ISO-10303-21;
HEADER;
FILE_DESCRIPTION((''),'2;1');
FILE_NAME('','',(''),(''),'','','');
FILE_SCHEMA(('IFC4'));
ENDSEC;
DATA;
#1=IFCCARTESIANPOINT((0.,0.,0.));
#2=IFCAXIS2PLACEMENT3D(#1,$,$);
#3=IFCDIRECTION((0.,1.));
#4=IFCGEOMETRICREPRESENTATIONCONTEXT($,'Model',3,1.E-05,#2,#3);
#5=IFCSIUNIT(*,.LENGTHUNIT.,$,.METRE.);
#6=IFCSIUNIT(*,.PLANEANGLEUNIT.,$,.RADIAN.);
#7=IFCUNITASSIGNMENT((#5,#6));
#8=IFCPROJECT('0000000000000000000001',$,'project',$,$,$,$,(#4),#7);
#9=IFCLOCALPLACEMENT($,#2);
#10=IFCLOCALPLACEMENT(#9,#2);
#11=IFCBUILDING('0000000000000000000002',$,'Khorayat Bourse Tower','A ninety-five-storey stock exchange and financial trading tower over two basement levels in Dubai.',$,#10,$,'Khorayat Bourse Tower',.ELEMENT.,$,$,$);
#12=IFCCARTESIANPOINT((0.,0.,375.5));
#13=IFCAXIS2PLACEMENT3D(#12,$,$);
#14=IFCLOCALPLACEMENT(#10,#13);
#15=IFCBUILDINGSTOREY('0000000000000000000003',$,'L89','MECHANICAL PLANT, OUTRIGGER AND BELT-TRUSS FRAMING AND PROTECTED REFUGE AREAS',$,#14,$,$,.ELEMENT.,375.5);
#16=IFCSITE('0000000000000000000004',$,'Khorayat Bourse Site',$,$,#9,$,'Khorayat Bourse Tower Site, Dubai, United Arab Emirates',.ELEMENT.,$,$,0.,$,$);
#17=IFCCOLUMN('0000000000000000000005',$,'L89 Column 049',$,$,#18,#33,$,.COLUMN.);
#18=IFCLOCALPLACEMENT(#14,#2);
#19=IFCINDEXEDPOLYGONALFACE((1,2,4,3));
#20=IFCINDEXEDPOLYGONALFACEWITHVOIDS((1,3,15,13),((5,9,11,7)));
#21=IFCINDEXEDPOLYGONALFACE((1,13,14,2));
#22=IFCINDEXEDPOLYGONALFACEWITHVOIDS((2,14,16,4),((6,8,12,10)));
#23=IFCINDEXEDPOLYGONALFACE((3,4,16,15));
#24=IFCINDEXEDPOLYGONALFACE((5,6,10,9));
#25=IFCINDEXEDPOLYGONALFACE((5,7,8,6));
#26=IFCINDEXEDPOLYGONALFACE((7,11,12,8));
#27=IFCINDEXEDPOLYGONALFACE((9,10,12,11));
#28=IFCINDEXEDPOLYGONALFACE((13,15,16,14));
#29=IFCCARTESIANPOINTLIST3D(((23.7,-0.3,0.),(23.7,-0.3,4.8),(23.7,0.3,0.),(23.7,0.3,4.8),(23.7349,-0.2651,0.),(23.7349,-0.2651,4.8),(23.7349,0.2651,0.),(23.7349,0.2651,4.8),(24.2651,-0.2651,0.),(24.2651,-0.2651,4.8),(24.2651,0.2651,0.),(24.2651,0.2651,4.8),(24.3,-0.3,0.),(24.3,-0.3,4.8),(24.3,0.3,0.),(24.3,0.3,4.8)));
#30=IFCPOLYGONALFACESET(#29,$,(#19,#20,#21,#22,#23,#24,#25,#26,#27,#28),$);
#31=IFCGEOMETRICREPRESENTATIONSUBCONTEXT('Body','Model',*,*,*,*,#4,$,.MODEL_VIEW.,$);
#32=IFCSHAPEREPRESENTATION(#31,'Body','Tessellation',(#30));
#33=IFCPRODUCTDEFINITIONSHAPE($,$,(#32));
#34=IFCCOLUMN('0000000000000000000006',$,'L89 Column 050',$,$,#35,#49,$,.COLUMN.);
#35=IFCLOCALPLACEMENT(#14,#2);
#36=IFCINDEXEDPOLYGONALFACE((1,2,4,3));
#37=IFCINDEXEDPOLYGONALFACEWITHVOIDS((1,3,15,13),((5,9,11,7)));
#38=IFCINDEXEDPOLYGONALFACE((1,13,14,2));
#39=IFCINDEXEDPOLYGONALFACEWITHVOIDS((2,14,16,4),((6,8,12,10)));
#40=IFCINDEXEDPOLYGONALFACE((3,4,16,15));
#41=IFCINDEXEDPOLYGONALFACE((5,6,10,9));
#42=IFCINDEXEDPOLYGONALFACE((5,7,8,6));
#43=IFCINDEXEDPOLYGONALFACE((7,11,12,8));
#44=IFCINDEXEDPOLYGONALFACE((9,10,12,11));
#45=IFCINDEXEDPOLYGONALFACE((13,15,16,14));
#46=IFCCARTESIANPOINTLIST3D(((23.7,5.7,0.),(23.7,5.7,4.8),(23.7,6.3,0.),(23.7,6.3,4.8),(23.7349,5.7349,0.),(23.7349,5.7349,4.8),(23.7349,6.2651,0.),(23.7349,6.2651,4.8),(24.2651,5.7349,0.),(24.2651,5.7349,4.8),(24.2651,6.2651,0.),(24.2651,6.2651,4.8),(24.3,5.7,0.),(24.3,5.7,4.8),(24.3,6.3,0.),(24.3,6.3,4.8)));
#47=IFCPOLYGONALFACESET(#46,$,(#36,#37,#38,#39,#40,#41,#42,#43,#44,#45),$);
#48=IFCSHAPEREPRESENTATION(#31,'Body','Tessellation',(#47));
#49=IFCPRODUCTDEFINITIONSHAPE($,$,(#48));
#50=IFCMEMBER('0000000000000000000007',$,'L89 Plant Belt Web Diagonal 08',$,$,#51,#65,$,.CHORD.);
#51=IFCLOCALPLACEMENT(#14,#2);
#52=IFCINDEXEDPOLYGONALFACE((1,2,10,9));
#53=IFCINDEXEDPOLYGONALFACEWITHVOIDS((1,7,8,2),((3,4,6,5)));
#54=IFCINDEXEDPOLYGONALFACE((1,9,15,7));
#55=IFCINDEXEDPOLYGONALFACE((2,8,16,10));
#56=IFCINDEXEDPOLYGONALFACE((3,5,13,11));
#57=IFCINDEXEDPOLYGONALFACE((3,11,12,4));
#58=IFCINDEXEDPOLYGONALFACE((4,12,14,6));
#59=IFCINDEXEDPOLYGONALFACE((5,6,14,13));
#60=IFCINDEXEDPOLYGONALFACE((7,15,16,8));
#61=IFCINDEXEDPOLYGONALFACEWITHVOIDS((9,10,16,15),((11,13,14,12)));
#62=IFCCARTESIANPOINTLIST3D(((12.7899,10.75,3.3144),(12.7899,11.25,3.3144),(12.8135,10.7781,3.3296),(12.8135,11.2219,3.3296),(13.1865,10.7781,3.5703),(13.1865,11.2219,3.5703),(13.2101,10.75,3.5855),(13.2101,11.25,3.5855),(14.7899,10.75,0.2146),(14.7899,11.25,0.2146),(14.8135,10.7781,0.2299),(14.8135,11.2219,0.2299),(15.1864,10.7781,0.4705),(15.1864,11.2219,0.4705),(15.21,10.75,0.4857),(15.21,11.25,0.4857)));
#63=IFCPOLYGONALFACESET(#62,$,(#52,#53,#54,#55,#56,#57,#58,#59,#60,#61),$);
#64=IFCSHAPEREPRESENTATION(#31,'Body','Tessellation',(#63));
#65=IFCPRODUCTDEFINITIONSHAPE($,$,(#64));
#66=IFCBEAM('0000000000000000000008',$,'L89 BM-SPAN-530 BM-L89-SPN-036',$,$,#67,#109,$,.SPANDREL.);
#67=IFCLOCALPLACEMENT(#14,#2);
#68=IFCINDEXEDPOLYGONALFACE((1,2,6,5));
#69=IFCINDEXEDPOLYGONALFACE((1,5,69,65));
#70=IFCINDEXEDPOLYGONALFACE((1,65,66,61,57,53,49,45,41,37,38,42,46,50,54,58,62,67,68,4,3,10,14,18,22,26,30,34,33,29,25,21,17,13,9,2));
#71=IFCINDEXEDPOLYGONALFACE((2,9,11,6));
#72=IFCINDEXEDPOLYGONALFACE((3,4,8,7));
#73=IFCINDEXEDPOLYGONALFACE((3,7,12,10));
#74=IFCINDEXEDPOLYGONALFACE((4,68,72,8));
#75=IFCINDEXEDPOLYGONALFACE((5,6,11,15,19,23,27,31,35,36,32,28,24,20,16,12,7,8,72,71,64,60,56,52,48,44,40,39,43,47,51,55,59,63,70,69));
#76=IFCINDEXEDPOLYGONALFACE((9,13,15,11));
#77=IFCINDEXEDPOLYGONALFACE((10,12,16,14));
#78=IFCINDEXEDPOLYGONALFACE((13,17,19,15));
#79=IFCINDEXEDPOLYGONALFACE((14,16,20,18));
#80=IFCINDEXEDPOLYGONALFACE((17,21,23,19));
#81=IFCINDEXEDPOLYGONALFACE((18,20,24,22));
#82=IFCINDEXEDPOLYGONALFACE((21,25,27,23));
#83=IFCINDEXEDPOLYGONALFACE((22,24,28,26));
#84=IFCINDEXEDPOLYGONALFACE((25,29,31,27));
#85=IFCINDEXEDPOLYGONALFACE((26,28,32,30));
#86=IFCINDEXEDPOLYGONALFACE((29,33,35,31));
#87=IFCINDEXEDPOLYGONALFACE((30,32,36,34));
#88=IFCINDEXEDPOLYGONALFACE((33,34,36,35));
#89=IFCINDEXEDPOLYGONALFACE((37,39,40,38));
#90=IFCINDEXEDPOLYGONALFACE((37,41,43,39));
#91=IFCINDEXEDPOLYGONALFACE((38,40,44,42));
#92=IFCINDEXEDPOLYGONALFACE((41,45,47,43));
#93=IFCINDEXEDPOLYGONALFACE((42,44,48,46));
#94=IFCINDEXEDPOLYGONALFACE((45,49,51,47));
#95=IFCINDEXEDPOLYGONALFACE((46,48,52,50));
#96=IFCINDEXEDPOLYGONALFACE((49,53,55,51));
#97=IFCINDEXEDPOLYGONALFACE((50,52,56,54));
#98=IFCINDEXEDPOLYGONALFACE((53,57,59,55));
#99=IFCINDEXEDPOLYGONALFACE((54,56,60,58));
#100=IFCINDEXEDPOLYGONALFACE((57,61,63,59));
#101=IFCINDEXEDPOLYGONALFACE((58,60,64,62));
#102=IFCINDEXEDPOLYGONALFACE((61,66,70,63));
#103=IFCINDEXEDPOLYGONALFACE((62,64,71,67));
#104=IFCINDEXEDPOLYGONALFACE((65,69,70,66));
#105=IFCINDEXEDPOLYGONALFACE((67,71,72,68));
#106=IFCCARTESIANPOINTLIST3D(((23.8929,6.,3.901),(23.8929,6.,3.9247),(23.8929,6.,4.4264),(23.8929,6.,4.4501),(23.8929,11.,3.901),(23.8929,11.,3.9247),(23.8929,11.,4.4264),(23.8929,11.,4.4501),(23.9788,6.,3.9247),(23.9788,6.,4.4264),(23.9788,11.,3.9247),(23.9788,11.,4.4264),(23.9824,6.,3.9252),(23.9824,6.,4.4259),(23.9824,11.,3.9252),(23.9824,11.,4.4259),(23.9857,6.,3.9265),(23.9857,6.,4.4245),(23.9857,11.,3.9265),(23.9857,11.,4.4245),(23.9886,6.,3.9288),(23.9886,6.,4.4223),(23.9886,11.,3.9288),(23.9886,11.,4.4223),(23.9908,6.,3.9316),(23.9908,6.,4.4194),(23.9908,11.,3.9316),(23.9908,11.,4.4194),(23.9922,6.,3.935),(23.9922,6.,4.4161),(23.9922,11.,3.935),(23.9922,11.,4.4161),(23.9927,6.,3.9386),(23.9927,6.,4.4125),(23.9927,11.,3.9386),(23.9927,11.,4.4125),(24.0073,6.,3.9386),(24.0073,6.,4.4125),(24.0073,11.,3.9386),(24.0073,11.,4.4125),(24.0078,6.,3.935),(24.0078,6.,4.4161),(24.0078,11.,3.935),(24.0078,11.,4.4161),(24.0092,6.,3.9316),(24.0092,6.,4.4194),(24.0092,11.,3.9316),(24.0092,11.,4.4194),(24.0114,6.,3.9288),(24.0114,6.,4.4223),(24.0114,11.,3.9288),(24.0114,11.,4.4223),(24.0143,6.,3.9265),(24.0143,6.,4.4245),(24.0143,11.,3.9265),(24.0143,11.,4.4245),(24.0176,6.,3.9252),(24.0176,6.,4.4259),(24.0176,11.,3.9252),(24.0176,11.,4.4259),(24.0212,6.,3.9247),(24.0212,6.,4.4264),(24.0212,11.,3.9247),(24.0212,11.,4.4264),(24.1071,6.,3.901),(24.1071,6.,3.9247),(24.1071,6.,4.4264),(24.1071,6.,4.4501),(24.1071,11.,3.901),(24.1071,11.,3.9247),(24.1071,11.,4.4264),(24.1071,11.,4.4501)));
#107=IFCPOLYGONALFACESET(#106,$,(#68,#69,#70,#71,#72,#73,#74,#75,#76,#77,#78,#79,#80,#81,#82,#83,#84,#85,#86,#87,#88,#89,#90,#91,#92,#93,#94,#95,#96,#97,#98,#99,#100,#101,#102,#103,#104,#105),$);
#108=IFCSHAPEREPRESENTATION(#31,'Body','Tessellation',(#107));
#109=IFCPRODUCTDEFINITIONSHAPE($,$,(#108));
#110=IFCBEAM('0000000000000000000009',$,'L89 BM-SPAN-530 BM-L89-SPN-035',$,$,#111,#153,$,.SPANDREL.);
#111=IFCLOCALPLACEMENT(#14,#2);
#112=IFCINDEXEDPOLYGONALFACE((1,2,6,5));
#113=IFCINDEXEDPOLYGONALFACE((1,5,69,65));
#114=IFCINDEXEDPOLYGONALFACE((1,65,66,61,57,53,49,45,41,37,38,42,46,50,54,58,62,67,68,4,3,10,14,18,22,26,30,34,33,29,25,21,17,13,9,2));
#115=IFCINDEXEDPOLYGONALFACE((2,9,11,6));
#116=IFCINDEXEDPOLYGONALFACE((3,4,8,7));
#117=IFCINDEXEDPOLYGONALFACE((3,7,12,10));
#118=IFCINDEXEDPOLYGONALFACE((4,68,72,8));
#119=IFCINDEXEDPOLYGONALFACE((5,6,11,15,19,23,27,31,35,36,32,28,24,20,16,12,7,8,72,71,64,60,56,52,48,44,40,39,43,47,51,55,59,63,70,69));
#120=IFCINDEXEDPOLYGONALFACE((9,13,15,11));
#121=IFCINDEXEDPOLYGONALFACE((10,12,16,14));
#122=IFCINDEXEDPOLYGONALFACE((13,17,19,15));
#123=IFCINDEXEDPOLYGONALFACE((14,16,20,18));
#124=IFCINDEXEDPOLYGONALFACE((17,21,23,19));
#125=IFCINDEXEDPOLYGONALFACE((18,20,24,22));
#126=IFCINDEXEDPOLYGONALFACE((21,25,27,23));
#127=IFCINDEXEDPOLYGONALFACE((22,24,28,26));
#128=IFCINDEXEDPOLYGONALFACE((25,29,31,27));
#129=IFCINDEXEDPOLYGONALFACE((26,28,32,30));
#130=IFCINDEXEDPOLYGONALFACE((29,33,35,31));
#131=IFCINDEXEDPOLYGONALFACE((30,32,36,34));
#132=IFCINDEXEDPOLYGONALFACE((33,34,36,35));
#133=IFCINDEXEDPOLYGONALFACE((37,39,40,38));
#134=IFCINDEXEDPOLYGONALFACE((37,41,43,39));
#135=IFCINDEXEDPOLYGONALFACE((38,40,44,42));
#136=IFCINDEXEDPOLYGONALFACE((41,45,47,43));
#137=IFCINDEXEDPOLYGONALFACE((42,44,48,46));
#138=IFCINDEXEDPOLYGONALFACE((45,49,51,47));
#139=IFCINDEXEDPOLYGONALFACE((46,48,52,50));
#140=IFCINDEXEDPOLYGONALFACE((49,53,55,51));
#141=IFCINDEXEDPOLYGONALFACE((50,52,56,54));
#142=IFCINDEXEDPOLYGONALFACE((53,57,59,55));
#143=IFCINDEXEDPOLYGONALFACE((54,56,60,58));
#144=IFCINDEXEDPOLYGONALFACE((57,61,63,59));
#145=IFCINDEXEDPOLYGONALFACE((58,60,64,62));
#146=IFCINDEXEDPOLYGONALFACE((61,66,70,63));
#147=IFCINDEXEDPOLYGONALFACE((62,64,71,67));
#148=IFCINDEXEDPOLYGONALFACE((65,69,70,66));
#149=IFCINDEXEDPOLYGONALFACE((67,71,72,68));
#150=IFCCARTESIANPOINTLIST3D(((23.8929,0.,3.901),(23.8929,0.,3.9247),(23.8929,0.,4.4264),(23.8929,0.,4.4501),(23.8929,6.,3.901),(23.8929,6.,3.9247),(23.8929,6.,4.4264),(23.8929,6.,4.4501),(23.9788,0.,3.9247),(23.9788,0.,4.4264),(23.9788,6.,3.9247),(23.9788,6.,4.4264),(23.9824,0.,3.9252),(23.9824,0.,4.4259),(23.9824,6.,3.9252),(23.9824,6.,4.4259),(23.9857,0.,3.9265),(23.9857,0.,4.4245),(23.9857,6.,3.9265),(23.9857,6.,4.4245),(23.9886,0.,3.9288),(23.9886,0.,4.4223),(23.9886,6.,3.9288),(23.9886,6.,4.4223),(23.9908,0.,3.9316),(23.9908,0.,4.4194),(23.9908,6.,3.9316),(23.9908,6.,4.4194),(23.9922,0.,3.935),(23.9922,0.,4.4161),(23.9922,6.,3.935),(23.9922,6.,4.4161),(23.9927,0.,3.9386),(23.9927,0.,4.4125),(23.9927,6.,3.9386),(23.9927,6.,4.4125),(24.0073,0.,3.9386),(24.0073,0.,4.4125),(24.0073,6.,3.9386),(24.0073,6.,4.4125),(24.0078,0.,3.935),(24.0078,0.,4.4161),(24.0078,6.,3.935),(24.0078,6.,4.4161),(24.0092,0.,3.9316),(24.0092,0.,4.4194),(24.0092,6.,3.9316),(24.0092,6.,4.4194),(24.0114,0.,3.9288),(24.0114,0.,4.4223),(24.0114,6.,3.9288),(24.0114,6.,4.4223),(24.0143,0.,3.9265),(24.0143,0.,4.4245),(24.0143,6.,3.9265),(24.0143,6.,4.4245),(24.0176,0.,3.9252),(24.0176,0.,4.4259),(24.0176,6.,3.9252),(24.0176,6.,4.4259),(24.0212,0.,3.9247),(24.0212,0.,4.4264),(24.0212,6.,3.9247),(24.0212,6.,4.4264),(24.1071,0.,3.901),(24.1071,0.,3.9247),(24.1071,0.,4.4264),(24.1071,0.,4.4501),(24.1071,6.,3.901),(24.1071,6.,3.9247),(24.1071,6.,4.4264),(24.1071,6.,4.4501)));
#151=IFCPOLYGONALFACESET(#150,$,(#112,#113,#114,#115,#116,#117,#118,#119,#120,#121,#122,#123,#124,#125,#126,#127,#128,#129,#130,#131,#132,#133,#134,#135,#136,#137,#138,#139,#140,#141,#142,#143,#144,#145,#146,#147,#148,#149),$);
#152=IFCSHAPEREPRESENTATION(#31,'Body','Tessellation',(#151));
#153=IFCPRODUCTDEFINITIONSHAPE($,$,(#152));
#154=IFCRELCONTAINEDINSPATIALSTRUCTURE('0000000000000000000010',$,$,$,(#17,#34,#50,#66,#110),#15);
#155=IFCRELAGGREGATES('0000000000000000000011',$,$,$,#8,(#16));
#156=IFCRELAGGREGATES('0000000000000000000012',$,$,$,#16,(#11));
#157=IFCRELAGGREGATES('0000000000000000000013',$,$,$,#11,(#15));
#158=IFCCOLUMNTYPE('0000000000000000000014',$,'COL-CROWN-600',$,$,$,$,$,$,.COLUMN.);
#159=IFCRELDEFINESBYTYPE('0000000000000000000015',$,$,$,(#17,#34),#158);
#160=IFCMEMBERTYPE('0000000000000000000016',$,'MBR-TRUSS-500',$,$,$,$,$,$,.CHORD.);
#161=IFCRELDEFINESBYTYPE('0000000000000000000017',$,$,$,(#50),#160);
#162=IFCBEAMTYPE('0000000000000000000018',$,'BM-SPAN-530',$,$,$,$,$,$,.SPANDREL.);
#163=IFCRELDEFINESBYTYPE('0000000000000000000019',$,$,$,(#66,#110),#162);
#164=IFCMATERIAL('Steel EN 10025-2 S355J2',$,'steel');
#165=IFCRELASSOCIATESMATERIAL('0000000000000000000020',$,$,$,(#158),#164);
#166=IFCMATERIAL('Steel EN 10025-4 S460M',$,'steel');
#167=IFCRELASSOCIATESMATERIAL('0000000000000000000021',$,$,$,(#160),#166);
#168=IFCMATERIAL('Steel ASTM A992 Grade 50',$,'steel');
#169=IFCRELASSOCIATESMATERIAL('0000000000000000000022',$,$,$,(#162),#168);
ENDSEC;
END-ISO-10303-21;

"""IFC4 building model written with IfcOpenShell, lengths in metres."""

from ifc_helpers import new_model, si_unit, direction, frame, origin, origin_2d, place, context, subcontext, project, spatial, hollow_rectangle, i_section, extrude, source, transform, mapped, material, material_profile, profile_set, type_object, element, save


model = new_model("IFC4")

# Units and contexts
model_context = context("Model", 3, precision=1e-05, world=origin(), true_north=direction((0.0, 1.0)))
body_context = subcontext(model_context, "Body", "Model", "MODEL_VIEW")
ifc_project = project(units=[si_unit("LENGTHUNIT", "METRE"), si_unit("PLANEANGLEUNIT", "RADIAN")], contexts=[model_context])

# Site, building, storey
site_placement = place(None, origin())
site = spatial("IfcSite", under=ifc_project, at=site_placement, Name="Khorayat Bourse Site", LongName="Khorayat Bourse Tower Site, Dubai, United Arab Emirates", CompositionType="ELEMENT", RefElevation=0.0)
building_placement = place(site_placement, origin())
building = spatial("IfcBuilding", under=site, at=building_placement, Name="Khorayat Bourse Tower", Description="A ninety-five-storey stock exchange and financial trading tower over two basement levels in Dubai.", LongName="Khorayat Bourse Tower", CompositionType="ELEMENT")
storey_placement = place(building_placement, frame((0.0, 0.0, 375.5)))
storey = spatial("IfcBuildingStorey", under=building, at=storey_placement, Name="L89", Description="MECHANICAL PLANT, OUTRIGGER AND BELT-TRUSS FRAMING AND PROTECTED REFUGE AREAS", CompositionType="ELEMENT", Elevation=375.5)

# Columns
ifc_material_1 = material(Name="Steel EN 10025-2 S355J2", Category="steel")
ifc_material_profile_1 = material_profile(ifc_material_1, hollow_rectangle(XDim=0.6001, YDim=0.6001, WallThickness=0.0349, at=origin_2d()), Name="BOX 600x600x35")
ifc_profile_set_1 = profile_set([ifc_material_profile_1], Name="Steel EN 10025-2 S355J2")
column_type = type_object("IfcColumnType", Name="COL-CROWN-600", PredefinedType="COLUMN", material=ifc_profile_set_1)
shared_shape_1 = source(origin(), body_context, "Body", "SweptSolid", [
    extrude(hollow_rectangle(XDim=0.6001, YDim=0.6001, WallThickness=0.0349, at=origin_2d()), origin(), (0.0, 0.0, 1.0), 4.8),
])
for number, where, z_axis, x_axis, name in (
    (1, (24.0, 0.0, 0.0), (0.0, 0.0, 1.0), (1.0, 0.0, 0.0), "L89 Column 049"),
    (2, (24.0, 6.0, 0.0), (0.0, 0.0, 1.0), (1.0, 0.0, 0.0), "L89 Column 050"),
):
    element("IfcColumn", number, at=place(storey_placement, frame(where, z_axis=z_axis, x_axis=x_axis)), inside=storey, type_object=column_type, Name=name, PredefinedType="COLUMN", context=body_context, shape_type="MappedRepresentation", body=[
        mapped(shared_shape_1, transform((0.0, 0.0, 0.0), scale=1.0)),
    ])

# Member
ifc_material_2 = material(Name="Steel EN 10025-4 S460M", Category="steel")
ifc_material_profile_2 = material_profile(ifc_material_2, hollow_rectangle(XDim=0.5, YDim=0.5, WallThickness=0.0281, at=origin_2d()), Name="HSS 500x500x28")
ifc_profile_set_2 = profile_set([ifc_material_profile_2], Name="Steel EN 10025-4 S460M")
member_type_1 = type_object("IfcMemberType", Name="MBR-TRUSS-500", PredefinedType="CHORD", material=ifc_profile_set_2)
shared_shape_2 = source(origin(), body_context, "Body", "SweptSolid", [
    extrude(hollow_rectangle(XDim=0.5, YDim=0.5, WallThickness=0.0281, at=origin_2d()), origin(), (0.0, 0.0, 1.0), 3.689),
])
member_1_placement = place(storey_placement, frame((13.0, 11.0, 3.45), z_axis=(0.542145, 0.0, -0.840285), x_axis=(0.0, 1.0, 0.0)))
element("IfcMember", 3, at=member_1_placement, inside=storey, type_object=member_type_1, Name="L89 Plant Belt Web Diagonal 08", PredefinedType="CHORD", context=body_context, shape_type="MappedRepresentation", body=[
    mapped(shared_shape_2, transform((0.0, 0.0, 0.0), scale=1.0)),
])

# Beams
ifc_material_3 = material(Name="Steel ASTM A992 Grade 50", Category="steel")
ifc_material_profile_3 = material_profile(ifc_material_3, i_section(OverallWidth=0.2141, OverallDepth=0.5491, WebThickness=0.0146, FlangeThickness=0.0237, FilletRadius=0.0139, at=origin_2d()), Name="W530X138")
ifc_profile_set_3 = profile_set([ifc_material_profile_3], Name="Steel ASTM A992 Grade 50")
beam_type_1 = type_object("IfcBeamType", Name="BM-SPAN-530", PredefinedType="SPANDREL", material=ifc_profile_set_3)
shared_shape_3 = source(origin(), body_context, "Body", "SweptSolid", [
    extrude(i_section(OverallWidth=0.2141, OverallDepth=0.5491, WebThickness=0.0146, FlangeThickness=0.0237, FilletRadius=0.0139, at=origin_2d()), origin(), (0.0, 0.0, 1.0), 5.0),
])
beam_1_placement = place(storey_placement, frame((24.0, 6.0, 4.1755), z_axis=(0.0, 1.0, 0.0), x_axis=(-1.0, 0.0, 0.0)))
element("IfcBeam", 4, at=beam_1_placement, inside=storey, type_object=beam_type_1, Name="L89 BM-SPAN-530 BM-L89-SPN-036", PredefinedType="SPANDREL", context=body_context, shape_type="MappedRepresentation", body=[
    mapped(shared_shape_3, transform((0.0, 0.0, 0.0), scale=1.0)),
])
shared_shape_4 = source(origin(), body_context, "Body", "SweptSolid", [
    extrude(i_section(OverallWidth=0.2141, OverallDepth=0.5491, WebThickness=0.0146, FlangeThickness=0.0237, FilletRadius=0.0139, at=origin_2d()), origin(), (0.0, 0.0, 1.0), 6.0),
])
beam_2_placement = place(storey_placement, frame((24.0, 0.0, 4.1755), z_axis=(0.0, 1.0, 0.0), x_axis=(-1.0, 0.0, 0.0)))
element("IfcBeam", 5, at=beam_2_placement, inside=storey, type_object=beam_type_1, Name="L89 BM-SPAN-530 BM-L89-SPN-035", PredefinedType="SPANDREL", context=body_context, shape_type="MappedRepresentation", body=[
    mapped(shared_shape_4, transform((0.0, 0.0, 0.0), scale=1.0)),
])

save(model, "model.ifc")
